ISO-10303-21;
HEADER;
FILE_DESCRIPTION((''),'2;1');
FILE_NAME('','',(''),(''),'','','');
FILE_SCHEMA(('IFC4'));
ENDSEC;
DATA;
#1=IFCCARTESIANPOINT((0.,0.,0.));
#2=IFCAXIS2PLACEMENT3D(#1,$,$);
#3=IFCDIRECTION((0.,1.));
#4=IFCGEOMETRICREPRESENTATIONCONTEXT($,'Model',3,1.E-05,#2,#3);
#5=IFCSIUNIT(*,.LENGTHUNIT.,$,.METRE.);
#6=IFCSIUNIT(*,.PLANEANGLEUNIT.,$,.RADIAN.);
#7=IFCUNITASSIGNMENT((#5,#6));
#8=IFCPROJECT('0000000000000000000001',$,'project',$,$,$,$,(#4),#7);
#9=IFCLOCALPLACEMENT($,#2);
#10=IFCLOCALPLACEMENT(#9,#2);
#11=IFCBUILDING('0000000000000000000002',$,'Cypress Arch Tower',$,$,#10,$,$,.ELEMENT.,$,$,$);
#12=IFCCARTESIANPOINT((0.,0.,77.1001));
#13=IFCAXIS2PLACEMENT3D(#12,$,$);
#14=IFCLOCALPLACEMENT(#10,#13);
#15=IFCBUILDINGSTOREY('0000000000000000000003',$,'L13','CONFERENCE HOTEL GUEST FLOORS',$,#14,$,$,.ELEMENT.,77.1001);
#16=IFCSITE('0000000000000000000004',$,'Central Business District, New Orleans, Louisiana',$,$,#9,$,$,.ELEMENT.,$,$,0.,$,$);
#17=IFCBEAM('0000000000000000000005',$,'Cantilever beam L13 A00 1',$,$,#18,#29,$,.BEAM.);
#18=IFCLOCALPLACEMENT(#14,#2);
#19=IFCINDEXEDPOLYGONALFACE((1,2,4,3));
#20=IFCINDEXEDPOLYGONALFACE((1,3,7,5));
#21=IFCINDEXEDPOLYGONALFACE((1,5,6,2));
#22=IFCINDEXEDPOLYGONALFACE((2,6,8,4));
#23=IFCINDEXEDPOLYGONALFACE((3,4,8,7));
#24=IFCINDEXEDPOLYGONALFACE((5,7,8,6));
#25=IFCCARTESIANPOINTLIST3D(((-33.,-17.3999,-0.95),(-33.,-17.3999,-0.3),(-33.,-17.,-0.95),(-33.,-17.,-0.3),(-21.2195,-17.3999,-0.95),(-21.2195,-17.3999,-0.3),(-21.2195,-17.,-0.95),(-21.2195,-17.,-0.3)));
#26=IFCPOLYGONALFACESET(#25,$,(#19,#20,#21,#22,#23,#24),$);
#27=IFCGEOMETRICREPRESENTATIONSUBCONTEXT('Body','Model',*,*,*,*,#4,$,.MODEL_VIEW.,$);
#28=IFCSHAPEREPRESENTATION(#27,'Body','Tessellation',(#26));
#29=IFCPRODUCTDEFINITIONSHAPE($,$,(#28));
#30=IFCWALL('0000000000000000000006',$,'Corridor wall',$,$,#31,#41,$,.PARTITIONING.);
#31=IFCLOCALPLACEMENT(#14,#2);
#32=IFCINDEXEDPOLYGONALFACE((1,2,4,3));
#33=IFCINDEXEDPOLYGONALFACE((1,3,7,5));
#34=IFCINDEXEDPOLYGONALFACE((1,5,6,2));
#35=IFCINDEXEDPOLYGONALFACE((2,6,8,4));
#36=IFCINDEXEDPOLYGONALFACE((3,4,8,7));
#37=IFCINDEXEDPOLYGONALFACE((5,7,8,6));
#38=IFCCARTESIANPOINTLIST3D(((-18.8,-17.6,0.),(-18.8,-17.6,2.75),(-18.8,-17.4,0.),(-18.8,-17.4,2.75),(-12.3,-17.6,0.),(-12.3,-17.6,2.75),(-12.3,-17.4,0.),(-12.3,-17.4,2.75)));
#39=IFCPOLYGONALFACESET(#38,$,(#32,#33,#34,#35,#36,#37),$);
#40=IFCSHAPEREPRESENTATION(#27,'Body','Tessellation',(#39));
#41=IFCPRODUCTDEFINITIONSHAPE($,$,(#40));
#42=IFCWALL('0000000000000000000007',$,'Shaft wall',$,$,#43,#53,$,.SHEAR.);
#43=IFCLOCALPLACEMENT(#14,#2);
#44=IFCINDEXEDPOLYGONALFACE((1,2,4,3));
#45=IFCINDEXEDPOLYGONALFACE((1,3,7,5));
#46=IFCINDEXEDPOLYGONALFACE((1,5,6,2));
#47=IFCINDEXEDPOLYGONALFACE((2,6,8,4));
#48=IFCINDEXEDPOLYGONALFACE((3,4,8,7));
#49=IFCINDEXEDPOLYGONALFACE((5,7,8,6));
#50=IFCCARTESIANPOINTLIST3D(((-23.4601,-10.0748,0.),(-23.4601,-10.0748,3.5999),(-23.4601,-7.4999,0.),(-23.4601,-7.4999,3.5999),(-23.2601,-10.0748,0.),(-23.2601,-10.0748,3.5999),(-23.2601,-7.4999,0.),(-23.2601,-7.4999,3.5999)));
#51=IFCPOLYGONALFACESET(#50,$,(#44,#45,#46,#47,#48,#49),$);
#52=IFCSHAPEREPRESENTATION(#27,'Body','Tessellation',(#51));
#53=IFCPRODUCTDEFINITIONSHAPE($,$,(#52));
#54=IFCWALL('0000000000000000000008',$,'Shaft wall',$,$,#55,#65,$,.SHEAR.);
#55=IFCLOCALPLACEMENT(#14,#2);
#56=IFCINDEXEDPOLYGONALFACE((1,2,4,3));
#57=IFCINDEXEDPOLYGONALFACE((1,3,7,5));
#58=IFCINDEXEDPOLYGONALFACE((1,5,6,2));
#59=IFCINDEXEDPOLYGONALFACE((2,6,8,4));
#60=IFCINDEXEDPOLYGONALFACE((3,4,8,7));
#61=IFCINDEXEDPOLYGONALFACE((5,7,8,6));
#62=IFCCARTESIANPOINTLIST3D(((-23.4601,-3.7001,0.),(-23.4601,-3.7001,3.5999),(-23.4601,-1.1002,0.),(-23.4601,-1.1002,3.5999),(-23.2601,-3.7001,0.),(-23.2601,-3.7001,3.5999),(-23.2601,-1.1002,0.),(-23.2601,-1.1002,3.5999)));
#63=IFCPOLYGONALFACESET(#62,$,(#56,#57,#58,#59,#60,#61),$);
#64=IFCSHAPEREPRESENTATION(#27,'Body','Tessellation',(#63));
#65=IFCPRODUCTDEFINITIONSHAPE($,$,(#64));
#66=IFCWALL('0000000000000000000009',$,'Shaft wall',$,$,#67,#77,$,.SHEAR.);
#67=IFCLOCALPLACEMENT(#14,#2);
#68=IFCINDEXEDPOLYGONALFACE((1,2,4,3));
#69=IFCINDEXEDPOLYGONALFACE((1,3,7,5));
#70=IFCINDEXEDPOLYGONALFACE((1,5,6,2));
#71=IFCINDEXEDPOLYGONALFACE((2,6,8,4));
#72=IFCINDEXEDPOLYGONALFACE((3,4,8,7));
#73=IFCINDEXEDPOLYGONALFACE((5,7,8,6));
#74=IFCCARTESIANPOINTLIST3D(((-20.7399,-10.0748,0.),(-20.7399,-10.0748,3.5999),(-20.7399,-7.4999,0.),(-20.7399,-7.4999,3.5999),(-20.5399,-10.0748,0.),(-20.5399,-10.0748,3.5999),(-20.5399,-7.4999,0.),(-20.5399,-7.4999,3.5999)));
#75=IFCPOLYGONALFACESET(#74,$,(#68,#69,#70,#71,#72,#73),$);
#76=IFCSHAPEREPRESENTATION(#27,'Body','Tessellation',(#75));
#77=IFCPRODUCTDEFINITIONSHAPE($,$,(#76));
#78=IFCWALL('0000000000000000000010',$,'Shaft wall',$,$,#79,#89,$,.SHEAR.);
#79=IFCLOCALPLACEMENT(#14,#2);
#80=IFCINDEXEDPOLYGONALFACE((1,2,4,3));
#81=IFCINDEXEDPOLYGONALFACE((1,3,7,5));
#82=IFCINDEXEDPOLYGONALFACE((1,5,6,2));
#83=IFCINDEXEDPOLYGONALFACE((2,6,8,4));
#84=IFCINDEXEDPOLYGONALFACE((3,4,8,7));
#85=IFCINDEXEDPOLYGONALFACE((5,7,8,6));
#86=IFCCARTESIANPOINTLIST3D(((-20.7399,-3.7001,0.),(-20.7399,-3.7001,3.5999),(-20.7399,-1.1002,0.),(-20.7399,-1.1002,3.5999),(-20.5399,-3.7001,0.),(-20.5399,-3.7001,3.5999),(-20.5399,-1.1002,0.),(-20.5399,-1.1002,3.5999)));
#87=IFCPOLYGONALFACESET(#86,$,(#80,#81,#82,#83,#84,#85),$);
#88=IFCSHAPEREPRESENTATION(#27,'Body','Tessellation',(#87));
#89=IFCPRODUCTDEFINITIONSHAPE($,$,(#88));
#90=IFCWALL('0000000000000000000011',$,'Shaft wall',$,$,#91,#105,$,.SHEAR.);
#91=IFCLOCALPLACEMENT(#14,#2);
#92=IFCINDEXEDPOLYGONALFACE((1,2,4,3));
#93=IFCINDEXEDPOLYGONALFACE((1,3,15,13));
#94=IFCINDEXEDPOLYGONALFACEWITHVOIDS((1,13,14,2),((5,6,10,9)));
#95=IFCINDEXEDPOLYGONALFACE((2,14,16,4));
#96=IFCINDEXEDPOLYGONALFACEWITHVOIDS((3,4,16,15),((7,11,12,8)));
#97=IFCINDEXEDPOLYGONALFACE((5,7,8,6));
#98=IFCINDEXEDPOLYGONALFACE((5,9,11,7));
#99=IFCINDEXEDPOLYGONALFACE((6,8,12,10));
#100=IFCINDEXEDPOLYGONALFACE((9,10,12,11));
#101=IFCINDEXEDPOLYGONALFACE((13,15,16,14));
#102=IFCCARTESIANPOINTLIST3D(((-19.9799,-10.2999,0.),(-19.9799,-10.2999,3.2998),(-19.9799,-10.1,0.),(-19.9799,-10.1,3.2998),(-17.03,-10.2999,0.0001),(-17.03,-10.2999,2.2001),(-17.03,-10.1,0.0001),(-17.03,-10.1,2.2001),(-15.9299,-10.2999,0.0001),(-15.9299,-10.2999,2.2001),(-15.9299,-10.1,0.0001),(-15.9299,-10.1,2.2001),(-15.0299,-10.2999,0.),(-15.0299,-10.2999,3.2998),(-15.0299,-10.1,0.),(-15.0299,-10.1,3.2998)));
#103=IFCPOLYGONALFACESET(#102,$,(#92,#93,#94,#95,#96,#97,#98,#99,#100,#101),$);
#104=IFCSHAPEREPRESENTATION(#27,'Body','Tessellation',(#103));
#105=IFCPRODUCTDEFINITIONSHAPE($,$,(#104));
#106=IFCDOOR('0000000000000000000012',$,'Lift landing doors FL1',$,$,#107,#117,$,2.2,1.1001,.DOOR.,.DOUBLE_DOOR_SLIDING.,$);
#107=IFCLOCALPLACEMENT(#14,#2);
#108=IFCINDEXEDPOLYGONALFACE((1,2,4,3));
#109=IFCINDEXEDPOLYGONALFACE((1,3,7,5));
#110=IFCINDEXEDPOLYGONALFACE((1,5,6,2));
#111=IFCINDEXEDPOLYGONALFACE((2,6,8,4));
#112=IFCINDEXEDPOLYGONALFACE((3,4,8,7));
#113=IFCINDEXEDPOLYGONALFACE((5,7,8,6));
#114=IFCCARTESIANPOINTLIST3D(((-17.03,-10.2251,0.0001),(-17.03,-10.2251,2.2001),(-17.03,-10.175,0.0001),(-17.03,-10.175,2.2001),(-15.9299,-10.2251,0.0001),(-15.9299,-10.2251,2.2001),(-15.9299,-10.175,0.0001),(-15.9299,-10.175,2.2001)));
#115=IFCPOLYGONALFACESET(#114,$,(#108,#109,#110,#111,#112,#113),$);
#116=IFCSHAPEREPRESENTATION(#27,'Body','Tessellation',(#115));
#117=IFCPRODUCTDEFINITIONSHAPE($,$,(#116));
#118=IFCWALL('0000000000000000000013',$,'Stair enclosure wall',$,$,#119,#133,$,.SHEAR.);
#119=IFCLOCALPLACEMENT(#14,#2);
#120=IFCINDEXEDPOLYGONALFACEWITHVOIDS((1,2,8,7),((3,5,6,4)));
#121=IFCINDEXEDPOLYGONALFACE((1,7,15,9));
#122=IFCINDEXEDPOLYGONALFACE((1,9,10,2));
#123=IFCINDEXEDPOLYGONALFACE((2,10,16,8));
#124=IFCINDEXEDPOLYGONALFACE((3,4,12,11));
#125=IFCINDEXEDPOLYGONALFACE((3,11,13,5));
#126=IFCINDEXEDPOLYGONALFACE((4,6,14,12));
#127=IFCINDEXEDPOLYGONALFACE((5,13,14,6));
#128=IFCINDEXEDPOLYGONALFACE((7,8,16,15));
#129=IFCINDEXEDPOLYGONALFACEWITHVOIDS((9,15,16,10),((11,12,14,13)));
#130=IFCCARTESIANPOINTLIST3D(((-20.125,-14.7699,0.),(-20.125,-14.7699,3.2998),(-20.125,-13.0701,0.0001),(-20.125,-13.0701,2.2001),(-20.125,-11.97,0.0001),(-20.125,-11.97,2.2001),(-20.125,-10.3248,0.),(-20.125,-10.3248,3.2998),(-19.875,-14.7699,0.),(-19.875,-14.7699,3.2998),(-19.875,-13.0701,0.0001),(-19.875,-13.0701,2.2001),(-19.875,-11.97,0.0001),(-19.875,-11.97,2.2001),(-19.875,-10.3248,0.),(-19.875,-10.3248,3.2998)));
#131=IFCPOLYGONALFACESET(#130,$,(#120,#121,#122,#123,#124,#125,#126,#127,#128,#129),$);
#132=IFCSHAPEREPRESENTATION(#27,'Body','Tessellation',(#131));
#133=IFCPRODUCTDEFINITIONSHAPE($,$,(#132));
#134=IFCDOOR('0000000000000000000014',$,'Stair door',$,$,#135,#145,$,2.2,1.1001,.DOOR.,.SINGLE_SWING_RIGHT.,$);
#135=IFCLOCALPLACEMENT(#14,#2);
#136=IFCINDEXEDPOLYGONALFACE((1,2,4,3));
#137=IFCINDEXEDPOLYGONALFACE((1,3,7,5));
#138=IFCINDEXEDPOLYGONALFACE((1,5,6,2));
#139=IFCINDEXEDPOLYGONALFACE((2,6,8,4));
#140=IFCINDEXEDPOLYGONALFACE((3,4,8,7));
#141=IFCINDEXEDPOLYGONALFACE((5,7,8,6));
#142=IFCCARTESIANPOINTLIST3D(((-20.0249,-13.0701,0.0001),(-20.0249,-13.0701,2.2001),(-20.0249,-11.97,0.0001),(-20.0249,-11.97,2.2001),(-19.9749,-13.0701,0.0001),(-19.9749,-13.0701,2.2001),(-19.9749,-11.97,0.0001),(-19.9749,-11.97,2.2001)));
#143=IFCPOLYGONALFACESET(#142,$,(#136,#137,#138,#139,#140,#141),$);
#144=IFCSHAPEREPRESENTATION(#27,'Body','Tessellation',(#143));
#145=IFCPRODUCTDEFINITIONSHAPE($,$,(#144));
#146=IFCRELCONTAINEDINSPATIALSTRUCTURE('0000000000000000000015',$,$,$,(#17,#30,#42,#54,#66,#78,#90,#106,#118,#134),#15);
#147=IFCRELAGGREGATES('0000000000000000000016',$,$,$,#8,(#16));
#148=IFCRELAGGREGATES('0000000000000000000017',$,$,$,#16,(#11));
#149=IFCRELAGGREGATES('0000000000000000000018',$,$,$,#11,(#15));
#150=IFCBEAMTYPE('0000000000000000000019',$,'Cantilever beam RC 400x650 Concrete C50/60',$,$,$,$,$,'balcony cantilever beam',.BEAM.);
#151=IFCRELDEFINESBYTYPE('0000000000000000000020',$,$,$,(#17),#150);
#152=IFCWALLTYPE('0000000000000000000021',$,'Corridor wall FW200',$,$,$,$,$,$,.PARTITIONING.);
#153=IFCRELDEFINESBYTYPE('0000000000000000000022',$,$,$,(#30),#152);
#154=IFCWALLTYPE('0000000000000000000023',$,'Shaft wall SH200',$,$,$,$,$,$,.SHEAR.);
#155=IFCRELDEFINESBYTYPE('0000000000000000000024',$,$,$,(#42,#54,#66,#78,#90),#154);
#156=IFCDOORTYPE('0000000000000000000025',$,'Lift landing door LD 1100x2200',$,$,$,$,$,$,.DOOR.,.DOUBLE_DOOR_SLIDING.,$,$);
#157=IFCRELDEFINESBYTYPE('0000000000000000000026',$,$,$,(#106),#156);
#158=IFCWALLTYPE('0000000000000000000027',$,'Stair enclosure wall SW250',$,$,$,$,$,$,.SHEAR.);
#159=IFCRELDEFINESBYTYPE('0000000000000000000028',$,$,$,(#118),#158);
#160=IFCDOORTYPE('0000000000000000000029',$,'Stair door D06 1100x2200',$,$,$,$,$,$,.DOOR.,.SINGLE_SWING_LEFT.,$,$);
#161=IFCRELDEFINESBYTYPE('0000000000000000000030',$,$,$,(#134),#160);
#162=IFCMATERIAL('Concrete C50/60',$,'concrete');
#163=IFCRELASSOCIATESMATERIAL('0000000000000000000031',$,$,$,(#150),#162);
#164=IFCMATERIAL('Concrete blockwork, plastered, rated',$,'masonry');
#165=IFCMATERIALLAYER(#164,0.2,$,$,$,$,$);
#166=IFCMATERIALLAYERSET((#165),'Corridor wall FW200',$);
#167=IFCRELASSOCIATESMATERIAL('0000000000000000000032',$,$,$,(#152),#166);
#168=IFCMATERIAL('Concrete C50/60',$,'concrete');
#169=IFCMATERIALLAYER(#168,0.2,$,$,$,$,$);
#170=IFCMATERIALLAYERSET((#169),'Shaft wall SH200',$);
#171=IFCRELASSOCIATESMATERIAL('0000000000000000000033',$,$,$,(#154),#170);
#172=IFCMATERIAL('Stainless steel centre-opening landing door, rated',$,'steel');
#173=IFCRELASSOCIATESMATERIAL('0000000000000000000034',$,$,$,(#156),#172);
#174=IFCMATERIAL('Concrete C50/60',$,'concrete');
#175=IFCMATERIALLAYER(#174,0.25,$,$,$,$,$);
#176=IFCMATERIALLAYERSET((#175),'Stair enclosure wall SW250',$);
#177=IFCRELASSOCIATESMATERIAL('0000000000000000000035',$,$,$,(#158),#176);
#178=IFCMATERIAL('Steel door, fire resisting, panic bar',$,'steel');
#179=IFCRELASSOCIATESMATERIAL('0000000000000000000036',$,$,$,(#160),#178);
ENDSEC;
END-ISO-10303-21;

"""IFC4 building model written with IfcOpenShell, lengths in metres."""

from ifc_helpers import new_model, si_unit, direction, frame, frame_2d, origin, origin_2d, place, context, subcontext, project, spatial, rectangle, extrude, material, layer, layer_set, material_profile, profile_set, type_object, element, fill, save


model = new_model("IFC4")

# Units and contexts
model_context = context("Model", 3, precision=1e-05, world=origin(), true_north=direction((0.0, 1.0)))
body_context = subcontext(model_context, "Body", "Model", "MODEL_VIEW")
ifc_project = project(units=[si_unit("LENGTHUNIT", "METRE"), si_unit("PLANEANGLEUNIT", "RADIAN")], contexts=[model_context])

# Site, building, storey
site_placement = place(None, origin())
site = spatial("IfcSite", under=ifc_project, at=site_placement, Name="Central Business District, New Orleans, Louisiana", CompositionType="ELEMENT", RefElevation=0.0)
building_placement = place(site_placement, origin())
building = spatial("IfcBuilding", under=site, at=building_placement, Name="Cypress Arch Tower", CompositionType="ELEMENT")
storey_placement = place(building_placement, frame((0.0, 0.0, 77.1001)))
storey = spatial("IfcBuildingStorey", under=building, at=storey_placement, Name="L13", Description="CONFERENCE HOTEL GUEST FLOORS", CompositionType="ELEMENT", Elevation=77.1001)

# Beam
ifc_material_1 = material(Name="Concrete C50/60", Category="concrete")
ifc_material_profile = material_profile(ifc_material_1, rectangle(XDim=0.3999, YDim=0.6499, at=origin_2d()), Name="RC 400x650")
ifc_profile_set = profile_set([ifc_material_profile], Name="Concrete C50/60")
beam_type = type_object("IfcBeamType", Name="Cantilever beam RC 400x650 Concrete C50/60", ElementType="balcony cantilever beam", PredefinedType="BEAM", material=ifc_profile_set)
beam_placement = place(storey_placement, frame((-21.2195, -17.2, -0.625), z_axis=(-1.0, 0.0, 0.0), x_axis=(0.0, -1.0, 0.0)))
element("IfcBeam", 1, at=beam_placement, inside=storey, type_object=beam_type, Name="Cantilever beam L13 A00 1", PredefinedType="BEAM", context=body_context, shape_type="SweptSolid", body=[
    extrude(rectangle(XDim=0.3999, YDim=0.6499, at=origin_2d()), origin(), (0.0, 0.0, 1.0), 11.7805),
])

# Walls
ifc_material_2 = material(Name="Concrete blockwork, plastered, rated", Category="masonry")
ifc_layer_1 = layer(ifc_material_2, 0.2)
ifc_layer_set_1 = layer_set([ifc_layer_1], Name="Corridor wall FW200")
wall_type_1 = type_object("IfcWallType", Name="Corridor wall FW200", PredefinedType="PARTITIONING", material=ifc_layer_set_1)
wall_1_placement = place(storey_placement, frame((-18.8, -17.5, 0.0), z_axis=(0.0, 0.0, 1.0), x_axis=(1.0, 0.0, 0.0)))
element("IfcWall", 2, at=wall_1_placement, inside=storey, type_object=wall_type_1, Name="Corridor wall", PredefinedType="PARTITIONING", context=body_context, shape_type="SweptSolid", body=[
    extrude(rectangle(XDim=6.5, YDim=0.2, at=frame_2d((3.25, 0.0))), origin(), (0.0, 0.0, 1.0), 2.75),
])
ifc_material_3 = material(Name="Concrete C50/60", Category="concrete")
ifc_layer_2 = layer(ifc_material_3, 0.2)
ifc_layer_set_2 = layer_set([ifc_layer_2], Name="Shaft wall SH200")
wall_type_2 = type_object("IfcWallType", Name="Shaft wall SH200", PredefinedType="SHEAR", material=ifc_layer_set_2)
wall_2_placement = place(storey_placement, frame((-23.3601, -10.075, 0.0), z_axis=(0.0, 0.0, 1.0), x_axis=(0.0, 1.0, 0.0)))
element("IfcWall", 3, at=wall_2_placement, inside=storey, type_object=wall_type_2, Name="Shaft wall", PredefinedType="SHEAR", context=body_context, shape_type="SweptSolid", body=[
    extrude(rectangle(XDim=2.575, YDim=0.2, at=frame_2d((1.2876, 0.0))), origin(), (0.0, 0.0, 1.0), 3.5999),
])
wall_3_placement = place(storey_placement, frame((-23.3601, -3.7, 0.0), z_axis=(0.0, 0.0, 1.0), x_axis=(0.0, 1.0, 0.0)))
element("IfcWall", 4, at=wall_3_placement, inside=storey, type_object=wall_type_2, Name="Shaft wall", PredefinedType="SHEAR", context=body_context, shape_type="SweptSolid", body=[
    extrude(rectangle(XDim=2.5999, YDim=0.2, at=frame_2d((1.2998, 0.0))), origin(), (0.0, 0.0, 1.0), 3.5999),
])
wall_4_placement = place(storey_placement, frame((-20.6399, -10.075, 0.0), z_axis=(0.0, 0.0, 1.0), x_axis=(0.0, 1.0, 0.0)))
element("IfcWall", 5, at=wall_4_placement, inside=storey, type_object=wall_type_2, Name="Shaft wall", PredefinedType="SHEAR", context=body_context, shape_type="SweptSolid", body=[
    extrude(rectangle(XDim=2.575, YDim=0.2, at=frame_2d((1.2876, 0.0))), origin(), (0.0, 0.0, 1.0), 3.5999),
])
wall_5_placement = place(storey_placement, frame((-20.6399, -3.7, 0.0), z_axis=(0.0, 0.0, 1.0), x_axis=(0.0, 1.0, 0.0)))
element("IfcWall", 6, at=wall_5_placement, inside=storey, type_object=wall_type_2, Name="Shaft wall", PredefinedType="SHEAR", context=body_context, shape_type="SweptSolid", body=[
    extrude(rectangle(XDim=2.5999, YDim=0.2, at=frame_2d((1.2998, 0.0))), origin(), (0.0, 0.0, 1.0), 3.5999),
])

# Walls, openings, doors
wall_6_placement = place(storey_placement, frame((-19.98, -10.2, 0.0), z_axis=(0.0, 0.0, 1.0), x_axis=(1.0, 0.0, 0.0)))
wall_6 = element("IfcWall", 7, at=wall_6_placement, inside=storey, type_object=wall_type_2, Name="Shaft wall", PredefinedType="SHEAR", context=body_context, shape_type="SweptSolid", body=[
    extrude(rectangle(XDim=4.95, YDim=0.2, at=frame_2d((2.4751, 0.0))), origin(), (0.0, 0.0, 1.0), 3.2998),
])
opening_1_placement = place(wall_6_placement, frame((2.95, 0.0, 0.0)))
opening_1 = element("IfcOpeningElement", 8, at=opening_1_placement, cuts=wall_6, PredefinedType="OPENING", context=body_context, shape_type="SweptSolid", body=[
    extrude(rectangle(XDim=1.1001, YDim=2.2, at=frame_2d((0.55, 1.1001))), frame((0.0, 0.1099, 0.0), z_axis=(0.0, -1.0, 0.0), x_axis=(1.0, 0.0, 0.0)), (0.0, 0.0, 1.0), 0.22),
])
ifc_material_4 = material(Name="Stainless steel centre-opening landing door, rated", Category="steel")
door_type_1 = type_object("IfcDoorType", Name="Lift landing door LD 1100x2200", OperationType="DOUBLE_DOOR_SLIDING", PredefinedType="DOOR", material=ifc_material_4)
door_1_placement = place(opening_1_placement, origin())
door_1 = element("IfcDoor", 9, at=door_1_placement, inside=storey, type_object=door_type_1, Name="Lift landing doors FL1", OperationType="DOUBLE_DOOR_SLIDING", OverallHeight=2.2, OverallWidth=1.1001, PredefinedType="DOOR", context=body_context, shape_type="SweptSolid", body=[
    extrude(rectangle(XDim=1.1001, YDim=2.2, at=frame_2d((0.55, 1.1001))), frame((0.0, 0.0249, 0.0), z_axis=(0.0, -1.0, 0.0), x_axis=(1.0, 0.0, 0.0)), (0.0, 0.0, 1.0), 0.05),
])
fill(opening_1, door_1)
ifc_material_5 = material(Name="Concrete C50/60", Category="concrete")
ifc_layer_3 = layer(ifc_material_5, 0.25)
ifc_layer_set_3 = layer_set([ifc_layer_3], Name="Stair enclosure wall SW250")
wall_type_3 = type_object("IfcWallType", Name="Stair enclosure wall SW250", PredefinedType="SHEAR", material=ifc_layer_set_3)
wall_7_placement = place(storey_placement, frame((-20.0, -14.77, 0.0), z_axis=(0.0, 0.0, 1.0), x_axis=(0.0, 1.0, 0.0)))
wall_7 = element("IfcWall", 10, at=wall_7_placement, inside=storey, type_object=wall_type_3, Name="Stair enclosure wall", PredefinedType="SHEAR", context=body_context, shape_type="SweptSolid", body=[
    extrude(rectangle(XDim=4.4451, YDim=0.25, at=frame_2d((2.2227, 0.0))), origin(), (0.0, 0.0, 1.0), 3.2998),
])
opening_2_placement = place(wall_7_placement, frame((1.7, 0.0, 0.0)))
opening_2 = element("IfcOpeningElement", 11, at=opening_2_placement, cuts=wall_7, PredefinedType="OPENING", context=body_context, shape_type="SweptSolid", body=[
    extrude(rectangle(XDim=1.1001, YDim=2.2, at=frame_2d((0.55, 1.1001))), frame((0.0, 0.135, 0.0), z_axis=(0.0, -1.0, 0.0), x_axis=(1.0, 0.0, 0.0)), (0.0, 0.0, 1.0), 0.27),
])
ifc_material_6 = material(Name="Steel door, fire resisting, panic bar", Category="steel")
door_type_2 = type_object("IfcDoorType", Name="Stair door D06 1100x2200", OperationType="SINGLE_SWING_LEFT", PredefinedType="DOOR", material=ifc_material_6)
door_2_placement = place(opening_2_placement, origin())
door_2 = element("IfcDoor", 12, at=door_2_placement, inside=storey, type_object=door_type_2, Name="Stair door", OperationType="SINGLE_SWING_RIGHT", OverallHeight=2.2, OverallWidth=1.1001, PredefinedType="DOOR", context=body_context, shape_type="SweptSolid", body=[
    extrude(rectangle(XDim=1.1001, YDim=2.2, at=frame_2d((0.55, 1.1001))), frame((0.0, 0.0249, 0.0), z_axis=(0.0, -1.0, 0.0), x_axis=(1.0, 0.0, 0.0)), (0.0, 0.0, 1.0), 0.05),
])
fill(opening_2, door_2)

save(model, "model.ifc")
